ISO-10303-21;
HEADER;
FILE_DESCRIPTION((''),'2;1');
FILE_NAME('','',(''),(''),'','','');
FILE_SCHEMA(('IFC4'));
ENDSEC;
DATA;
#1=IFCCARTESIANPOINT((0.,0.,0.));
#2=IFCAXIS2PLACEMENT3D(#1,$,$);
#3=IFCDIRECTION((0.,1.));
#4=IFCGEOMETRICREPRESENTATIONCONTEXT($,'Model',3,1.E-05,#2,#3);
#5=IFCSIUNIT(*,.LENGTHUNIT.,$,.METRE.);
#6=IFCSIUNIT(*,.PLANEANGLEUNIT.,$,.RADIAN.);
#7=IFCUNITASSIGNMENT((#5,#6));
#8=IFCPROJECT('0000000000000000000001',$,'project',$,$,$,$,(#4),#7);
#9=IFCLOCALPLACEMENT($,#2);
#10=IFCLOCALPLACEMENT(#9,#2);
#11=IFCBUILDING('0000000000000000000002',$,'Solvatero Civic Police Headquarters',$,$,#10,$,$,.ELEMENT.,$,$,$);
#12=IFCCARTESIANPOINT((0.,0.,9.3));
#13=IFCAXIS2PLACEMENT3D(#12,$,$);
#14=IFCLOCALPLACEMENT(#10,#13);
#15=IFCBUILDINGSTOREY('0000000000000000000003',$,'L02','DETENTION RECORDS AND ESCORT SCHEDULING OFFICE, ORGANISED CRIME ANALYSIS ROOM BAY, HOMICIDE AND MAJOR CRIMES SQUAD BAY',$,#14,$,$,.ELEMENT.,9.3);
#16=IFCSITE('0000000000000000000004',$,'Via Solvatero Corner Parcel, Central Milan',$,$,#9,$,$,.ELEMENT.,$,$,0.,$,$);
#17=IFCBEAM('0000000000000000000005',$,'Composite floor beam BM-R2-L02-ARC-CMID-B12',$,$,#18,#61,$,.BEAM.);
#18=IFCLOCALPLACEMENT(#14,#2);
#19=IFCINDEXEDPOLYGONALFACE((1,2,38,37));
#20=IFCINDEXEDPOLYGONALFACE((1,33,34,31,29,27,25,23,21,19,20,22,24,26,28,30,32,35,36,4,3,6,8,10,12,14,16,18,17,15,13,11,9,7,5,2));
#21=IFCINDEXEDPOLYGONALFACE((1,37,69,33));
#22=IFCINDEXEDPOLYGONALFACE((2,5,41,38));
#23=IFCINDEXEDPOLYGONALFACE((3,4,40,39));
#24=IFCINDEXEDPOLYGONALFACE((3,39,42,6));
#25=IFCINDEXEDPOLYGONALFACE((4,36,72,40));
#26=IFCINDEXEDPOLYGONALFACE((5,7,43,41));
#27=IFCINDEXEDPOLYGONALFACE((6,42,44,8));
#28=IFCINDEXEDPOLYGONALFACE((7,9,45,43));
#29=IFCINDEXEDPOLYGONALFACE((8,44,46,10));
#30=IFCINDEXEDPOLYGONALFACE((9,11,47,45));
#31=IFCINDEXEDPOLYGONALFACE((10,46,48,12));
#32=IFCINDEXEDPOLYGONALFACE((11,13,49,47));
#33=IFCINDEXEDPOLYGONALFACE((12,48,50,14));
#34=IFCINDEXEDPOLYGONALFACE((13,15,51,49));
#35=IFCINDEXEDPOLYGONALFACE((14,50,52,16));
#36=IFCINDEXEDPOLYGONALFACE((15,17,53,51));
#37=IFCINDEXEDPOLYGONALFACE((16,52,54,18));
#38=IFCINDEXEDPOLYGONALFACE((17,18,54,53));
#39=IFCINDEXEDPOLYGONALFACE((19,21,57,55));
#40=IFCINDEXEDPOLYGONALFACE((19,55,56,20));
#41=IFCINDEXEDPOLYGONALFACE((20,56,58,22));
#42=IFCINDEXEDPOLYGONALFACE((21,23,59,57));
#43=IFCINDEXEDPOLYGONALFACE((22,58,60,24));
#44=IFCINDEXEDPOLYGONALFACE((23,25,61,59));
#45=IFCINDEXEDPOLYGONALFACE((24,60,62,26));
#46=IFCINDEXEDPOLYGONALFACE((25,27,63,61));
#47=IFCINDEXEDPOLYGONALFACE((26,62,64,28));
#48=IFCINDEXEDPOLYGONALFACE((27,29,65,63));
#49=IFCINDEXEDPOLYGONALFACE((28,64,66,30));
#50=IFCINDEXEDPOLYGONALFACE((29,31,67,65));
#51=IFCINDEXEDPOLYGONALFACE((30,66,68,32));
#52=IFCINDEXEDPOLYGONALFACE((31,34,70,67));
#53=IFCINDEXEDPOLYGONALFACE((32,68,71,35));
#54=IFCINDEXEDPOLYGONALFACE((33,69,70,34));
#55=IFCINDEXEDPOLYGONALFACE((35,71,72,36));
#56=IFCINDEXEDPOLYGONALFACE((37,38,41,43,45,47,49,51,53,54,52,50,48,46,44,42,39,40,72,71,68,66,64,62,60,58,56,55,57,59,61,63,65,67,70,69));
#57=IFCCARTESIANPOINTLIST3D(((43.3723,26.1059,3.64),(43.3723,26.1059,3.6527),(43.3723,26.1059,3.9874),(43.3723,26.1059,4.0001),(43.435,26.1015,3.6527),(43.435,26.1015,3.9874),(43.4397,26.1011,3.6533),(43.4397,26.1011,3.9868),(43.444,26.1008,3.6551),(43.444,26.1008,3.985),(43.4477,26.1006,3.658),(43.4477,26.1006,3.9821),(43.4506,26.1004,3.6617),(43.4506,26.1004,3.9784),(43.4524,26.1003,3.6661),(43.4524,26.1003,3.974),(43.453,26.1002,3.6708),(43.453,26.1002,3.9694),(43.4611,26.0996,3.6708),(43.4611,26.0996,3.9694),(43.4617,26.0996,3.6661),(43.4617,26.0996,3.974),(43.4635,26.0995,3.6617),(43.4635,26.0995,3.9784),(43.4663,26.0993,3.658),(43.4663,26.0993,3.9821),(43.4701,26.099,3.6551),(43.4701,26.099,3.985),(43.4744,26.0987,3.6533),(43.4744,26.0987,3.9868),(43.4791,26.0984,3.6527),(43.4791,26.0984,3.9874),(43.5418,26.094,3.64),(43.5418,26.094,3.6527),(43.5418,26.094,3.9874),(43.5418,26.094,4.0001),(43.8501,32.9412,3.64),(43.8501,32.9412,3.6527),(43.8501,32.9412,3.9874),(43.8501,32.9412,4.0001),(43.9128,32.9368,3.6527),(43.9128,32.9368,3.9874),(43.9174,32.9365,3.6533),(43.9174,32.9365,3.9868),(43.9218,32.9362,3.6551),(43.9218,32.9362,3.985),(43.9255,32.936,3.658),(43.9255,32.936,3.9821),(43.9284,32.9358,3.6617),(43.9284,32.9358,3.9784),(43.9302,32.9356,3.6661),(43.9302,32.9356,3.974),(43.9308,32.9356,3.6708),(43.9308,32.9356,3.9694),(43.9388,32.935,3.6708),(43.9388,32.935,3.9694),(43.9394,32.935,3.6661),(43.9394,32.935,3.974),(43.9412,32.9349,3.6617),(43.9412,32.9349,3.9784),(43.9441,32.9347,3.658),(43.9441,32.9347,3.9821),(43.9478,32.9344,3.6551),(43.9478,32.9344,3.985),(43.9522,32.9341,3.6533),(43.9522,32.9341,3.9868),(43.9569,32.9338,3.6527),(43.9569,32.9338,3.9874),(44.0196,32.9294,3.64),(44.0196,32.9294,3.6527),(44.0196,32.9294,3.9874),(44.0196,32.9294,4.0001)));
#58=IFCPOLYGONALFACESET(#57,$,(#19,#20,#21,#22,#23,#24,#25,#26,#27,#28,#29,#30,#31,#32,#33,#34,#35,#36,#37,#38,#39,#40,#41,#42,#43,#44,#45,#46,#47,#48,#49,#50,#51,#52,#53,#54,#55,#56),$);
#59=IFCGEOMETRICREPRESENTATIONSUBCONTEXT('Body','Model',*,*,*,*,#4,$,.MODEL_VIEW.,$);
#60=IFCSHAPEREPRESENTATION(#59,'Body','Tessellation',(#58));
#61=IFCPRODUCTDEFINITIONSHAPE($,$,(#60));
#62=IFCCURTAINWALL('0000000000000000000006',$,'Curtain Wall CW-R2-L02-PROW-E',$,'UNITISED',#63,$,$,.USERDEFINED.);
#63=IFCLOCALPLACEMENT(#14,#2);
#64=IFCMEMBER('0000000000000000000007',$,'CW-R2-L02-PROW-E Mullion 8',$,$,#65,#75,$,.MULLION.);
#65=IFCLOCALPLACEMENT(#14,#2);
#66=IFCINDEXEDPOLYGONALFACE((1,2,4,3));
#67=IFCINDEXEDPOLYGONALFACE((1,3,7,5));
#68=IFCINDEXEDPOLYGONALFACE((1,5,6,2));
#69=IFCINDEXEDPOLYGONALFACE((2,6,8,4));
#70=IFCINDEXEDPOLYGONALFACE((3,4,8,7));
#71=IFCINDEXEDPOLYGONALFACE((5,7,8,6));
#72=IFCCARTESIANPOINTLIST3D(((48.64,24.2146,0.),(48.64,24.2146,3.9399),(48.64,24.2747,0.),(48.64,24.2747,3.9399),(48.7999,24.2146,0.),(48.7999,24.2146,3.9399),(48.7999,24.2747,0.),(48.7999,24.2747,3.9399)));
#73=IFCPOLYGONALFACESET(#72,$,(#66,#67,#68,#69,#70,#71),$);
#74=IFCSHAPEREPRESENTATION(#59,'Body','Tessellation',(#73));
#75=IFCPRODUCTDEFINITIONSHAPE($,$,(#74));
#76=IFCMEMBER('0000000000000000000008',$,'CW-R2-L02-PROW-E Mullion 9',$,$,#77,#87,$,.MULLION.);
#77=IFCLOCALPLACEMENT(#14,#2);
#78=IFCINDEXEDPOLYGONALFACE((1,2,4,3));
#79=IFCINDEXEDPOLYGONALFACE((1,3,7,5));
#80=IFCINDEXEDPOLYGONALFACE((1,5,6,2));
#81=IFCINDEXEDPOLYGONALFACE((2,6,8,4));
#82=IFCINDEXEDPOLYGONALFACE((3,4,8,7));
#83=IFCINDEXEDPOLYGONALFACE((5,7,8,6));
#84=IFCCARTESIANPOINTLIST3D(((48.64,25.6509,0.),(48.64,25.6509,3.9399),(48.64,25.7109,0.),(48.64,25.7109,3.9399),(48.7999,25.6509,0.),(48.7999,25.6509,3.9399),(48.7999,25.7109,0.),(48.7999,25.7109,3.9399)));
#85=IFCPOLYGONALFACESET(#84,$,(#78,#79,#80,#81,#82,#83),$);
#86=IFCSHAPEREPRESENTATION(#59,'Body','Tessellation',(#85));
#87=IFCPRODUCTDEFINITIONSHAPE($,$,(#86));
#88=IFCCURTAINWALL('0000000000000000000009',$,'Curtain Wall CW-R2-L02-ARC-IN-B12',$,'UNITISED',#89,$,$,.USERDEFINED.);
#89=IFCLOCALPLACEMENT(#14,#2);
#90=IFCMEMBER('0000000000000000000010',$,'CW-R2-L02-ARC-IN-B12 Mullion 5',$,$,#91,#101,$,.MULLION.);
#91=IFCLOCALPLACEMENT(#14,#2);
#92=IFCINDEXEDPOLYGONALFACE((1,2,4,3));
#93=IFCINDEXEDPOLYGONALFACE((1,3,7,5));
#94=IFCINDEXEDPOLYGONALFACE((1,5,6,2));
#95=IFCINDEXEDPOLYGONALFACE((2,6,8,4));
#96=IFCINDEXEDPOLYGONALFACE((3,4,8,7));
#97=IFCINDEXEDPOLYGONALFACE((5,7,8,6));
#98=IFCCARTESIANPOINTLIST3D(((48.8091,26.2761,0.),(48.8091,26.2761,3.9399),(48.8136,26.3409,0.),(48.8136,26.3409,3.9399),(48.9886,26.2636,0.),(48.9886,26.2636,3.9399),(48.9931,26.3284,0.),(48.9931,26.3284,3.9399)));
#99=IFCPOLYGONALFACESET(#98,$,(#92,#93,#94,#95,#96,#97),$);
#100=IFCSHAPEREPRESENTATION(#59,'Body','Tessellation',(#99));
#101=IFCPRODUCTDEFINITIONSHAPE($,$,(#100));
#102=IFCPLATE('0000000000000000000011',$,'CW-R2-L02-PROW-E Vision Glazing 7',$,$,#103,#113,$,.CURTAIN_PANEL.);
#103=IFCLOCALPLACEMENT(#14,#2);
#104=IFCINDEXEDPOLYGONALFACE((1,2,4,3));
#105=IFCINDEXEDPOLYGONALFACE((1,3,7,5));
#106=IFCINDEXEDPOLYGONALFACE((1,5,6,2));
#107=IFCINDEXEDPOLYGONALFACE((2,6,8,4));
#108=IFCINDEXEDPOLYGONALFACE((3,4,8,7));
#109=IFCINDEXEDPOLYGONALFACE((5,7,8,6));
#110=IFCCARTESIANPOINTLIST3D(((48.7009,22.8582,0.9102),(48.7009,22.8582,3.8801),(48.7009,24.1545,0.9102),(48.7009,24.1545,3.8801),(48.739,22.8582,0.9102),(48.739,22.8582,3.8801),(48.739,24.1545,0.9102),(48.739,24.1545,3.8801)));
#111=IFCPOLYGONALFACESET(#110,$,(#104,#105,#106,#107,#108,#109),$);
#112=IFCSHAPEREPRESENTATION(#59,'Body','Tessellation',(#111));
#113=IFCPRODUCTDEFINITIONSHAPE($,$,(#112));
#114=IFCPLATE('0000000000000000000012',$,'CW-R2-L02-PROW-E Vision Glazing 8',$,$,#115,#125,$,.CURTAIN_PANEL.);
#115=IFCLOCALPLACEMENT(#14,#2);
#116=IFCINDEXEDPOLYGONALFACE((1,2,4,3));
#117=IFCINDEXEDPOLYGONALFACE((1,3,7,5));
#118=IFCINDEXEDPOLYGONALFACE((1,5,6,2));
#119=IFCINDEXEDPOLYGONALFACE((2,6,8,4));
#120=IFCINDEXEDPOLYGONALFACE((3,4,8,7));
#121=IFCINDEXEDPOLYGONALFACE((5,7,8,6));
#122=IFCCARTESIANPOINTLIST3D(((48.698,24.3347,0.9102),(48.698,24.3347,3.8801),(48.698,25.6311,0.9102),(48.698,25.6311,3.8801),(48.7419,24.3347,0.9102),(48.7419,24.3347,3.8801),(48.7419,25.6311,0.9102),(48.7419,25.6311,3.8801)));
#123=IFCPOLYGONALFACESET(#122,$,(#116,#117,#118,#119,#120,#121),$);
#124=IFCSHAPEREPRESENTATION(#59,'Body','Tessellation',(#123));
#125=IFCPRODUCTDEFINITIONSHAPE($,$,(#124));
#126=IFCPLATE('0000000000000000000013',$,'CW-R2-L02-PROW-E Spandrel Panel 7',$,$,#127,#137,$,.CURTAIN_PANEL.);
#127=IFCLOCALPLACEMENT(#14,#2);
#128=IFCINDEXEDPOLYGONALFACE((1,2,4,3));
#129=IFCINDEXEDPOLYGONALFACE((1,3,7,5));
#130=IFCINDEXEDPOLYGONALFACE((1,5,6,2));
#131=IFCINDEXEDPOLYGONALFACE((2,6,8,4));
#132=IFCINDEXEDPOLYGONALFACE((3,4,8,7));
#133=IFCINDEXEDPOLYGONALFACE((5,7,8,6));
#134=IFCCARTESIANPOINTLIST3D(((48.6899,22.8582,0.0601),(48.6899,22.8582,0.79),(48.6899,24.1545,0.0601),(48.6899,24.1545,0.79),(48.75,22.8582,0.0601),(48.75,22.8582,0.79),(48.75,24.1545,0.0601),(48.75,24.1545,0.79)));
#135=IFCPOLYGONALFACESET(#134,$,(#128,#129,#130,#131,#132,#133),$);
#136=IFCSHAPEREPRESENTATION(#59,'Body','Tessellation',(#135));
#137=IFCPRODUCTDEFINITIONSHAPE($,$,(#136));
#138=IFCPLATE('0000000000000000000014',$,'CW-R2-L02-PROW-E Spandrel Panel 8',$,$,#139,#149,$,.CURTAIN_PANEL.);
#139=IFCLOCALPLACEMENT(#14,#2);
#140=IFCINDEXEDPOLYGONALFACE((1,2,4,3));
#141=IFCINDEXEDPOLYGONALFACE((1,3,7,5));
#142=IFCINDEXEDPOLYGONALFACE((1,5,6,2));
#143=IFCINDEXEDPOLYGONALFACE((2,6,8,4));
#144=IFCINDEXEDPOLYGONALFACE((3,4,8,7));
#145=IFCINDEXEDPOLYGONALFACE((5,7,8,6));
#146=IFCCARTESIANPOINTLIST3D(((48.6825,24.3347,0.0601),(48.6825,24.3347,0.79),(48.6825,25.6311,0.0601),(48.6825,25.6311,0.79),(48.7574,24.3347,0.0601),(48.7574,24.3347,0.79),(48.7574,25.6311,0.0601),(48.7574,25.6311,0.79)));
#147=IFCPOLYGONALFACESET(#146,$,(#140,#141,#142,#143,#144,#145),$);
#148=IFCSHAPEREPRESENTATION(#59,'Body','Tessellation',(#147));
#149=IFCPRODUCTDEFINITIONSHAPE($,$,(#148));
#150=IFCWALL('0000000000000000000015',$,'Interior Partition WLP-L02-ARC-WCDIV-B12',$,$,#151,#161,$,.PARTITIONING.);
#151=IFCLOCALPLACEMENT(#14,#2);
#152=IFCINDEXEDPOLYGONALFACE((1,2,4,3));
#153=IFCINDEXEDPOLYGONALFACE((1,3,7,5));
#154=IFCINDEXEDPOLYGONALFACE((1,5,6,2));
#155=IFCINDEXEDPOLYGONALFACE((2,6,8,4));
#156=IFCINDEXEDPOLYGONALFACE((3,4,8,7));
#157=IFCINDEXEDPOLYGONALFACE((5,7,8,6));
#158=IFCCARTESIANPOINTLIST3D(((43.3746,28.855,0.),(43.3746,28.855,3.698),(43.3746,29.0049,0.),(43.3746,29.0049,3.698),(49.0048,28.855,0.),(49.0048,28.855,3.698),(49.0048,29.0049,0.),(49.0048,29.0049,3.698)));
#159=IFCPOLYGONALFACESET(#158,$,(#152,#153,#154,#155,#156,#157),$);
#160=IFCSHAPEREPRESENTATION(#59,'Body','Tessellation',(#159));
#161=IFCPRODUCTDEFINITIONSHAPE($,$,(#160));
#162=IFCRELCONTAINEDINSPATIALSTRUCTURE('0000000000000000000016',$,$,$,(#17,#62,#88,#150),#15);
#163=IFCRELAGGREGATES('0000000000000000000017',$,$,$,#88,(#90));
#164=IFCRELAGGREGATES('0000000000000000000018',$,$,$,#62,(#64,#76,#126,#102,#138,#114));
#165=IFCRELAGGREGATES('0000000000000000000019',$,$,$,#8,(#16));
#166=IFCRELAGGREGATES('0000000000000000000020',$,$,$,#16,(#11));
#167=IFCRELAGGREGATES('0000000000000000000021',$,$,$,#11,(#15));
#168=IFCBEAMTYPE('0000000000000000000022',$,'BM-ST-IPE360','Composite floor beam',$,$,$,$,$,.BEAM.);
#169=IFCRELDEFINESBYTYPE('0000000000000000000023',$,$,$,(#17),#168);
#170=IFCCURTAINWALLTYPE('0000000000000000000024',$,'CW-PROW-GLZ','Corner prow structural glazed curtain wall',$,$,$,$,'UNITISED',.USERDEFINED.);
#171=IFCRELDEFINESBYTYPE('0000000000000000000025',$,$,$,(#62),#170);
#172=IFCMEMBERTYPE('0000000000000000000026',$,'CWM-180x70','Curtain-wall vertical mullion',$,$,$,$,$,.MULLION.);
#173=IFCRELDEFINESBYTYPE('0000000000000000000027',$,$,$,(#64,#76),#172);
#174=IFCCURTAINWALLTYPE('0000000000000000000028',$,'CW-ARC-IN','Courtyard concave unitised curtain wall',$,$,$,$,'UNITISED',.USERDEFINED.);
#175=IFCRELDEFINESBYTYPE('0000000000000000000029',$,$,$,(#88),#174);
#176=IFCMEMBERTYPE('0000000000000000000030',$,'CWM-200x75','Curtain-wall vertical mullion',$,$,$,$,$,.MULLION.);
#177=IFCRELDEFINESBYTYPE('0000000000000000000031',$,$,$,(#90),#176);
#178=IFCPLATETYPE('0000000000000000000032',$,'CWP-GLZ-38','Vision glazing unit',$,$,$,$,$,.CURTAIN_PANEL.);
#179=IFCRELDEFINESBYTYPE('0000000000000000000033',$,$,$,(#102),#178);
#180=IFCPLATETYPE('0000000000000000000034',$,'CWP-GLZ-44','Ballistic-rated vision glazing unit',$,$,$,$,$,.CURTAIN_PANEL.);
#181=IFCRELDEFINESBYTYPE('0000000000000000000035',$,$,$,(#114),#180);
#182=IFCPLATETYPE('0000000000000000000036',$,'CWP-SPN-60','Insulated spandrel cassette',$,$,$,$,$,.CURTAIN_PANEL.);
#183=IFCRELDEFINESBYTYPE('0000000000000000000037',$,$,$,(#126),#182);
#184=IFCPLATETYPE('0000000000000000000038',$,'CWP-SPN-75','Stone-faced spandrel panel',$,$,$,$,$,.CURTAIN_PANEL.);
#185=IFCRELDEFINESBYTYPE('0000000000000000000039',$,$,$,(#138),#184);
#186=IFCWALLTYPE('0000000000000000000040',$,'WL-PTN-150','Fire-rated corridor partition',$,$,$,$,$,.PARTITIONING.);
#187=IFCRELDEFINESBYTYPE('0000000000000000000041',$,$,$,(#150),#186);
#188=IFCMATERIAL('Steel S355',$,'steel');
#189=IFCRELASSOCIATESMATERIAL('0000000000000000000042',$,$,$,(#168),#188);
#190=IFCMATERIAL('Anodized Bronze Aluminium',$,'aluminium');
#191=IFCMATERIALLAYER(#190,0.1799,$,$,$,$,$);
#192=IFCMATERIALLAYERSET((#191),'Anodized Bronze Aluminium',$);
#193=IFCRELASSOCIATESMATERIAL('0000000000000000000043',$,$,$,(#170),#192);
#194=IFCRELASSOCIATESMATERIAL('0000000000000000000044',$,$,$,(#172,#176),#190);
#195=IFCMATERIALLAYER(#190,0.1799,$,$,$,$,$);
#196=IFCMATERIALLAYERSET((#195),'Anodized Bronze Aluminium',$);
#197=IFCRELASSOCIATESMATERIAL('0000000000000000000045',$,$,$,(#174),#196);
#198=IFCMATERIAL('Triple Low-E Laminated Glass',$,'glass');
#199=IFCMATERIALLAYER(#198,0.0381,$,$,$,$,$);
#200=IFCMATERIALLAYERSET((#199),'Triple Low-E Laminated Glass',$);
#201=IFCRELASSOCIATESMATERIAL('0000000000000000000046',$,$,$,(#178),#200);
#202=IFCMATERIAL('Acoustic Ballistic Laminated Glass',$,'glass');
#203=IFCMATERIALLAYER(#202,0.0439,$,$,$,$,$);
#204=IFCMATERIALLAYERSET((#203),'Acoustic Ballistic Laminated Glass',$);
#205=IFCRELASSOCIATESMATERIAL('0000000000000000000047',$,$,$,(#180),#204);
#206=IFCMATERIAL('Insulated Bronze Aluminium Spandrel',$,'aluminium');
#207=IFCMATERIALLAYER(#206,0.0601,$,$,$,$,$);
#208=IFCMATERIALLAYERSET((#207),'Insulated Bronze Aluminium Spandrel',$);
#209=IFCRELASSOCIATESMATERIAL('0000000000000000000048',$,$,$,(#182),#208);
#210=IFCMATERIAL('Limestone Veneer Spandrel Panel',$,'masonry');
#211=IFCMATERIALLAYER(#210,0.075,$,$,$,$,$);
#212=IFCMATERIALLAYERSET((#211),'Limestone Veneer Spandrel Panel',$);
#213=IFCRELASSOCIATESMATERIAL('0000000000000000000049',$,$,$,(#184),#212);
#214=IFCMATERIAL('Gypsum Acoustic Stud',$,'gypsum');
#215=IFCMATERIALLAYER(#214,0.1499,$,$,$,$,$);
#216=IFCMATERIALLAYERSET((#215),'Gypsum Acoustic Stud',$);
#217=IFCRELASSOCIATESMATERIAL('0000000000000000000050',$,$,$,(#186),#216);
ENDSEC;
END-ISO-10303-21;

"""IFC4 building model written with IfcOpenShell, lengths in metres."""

from ifc_helpers import new_model, si_unit, direction, frame, frame_2d, origin, origin_2d, place, context, subcontext, project, spatial, rectangle, i_section, extrude, material, layer, layer_set, material_profile, profile_set, type_object, element, aggregate, save


model = new_model("IFC4")

# Units and contexts
model_context = context("Model", 3, precision=1e-05, world=origin(), true_north=direction((0.0, 1.0)))
body_context = subcontext(model_context, "Body", "Model", "MODEL_VIEW")
ifc_project = project(units=[si_unit("LENGTHUNIT", "METRE"), si_unit("PLANEANGLEUNIT", "RADIAN")], contexts=[model_context])

# Site, building, storey
site_placement = place(None, origin())
site = spatial("IfcSite", under=ifc_project, at=site_placement, Name="Via Solvatero Corner Parcel, Central Milan", CompositionType="ELEMENT", RefElevation=0.0)
building_placement = place(site_placement, origin())
building = spatial("IfcBuilding", under=site, at=building_placement, Name="Solvatero Civic Police Headquarters", CompositionType="ELEMENT")
storey_placement = place(building_placement, frame((0.0, 0.0, 9.3)))
storey = spatial("IfcBuildingStorey", under=building, at=storey_placement, Name="L02", Description="DETENTION RECORDS AND ESCORT SCHEDULING OFFICE, ORGANISED CRIME ANALYSIS ROOM BAY, HOMICIDE AND MAJOR CRIMES SQUAD BAY", CompositionType="ELEMENT", Elevation=9.3)

# Shared definitions
ifc_material_1 = material(Name="Steel S355", Category="steel")

# Beam
ifc_material_profile_1 = material_profile(ifc_material_1, i_section(OverallWidth=0.1699, OverallDepth=0.3601, WebThickness=0.0081, FlangeThickness=0.0127, FilletRadius=0.0181, at=origin_2d()), Name="IPE 360")
ifc_profile_set_1 = profile_set([ifc_material_profile_1], Name="Steel S355")
beam_type_1 = type_object("IfcBeamType", Name="BM-ST-IPE360", Description="Composite floor beam", PredefinedType="BEAM", material=ifc_profile_set_1)
beam_1_placement = place(storey_placement, frame((43.9348, 32.9353, 3.8201), z_axis=(-0.069728, -0.997566, 0.0), x_axis=(0.997566, -0.069728, 0.0)))
element("IfcBeam", 1, at=beam_1_placement, inside=storey, type_object=beam_type_1, Name="Composite floor beam BM-R2-L02-ARC-CMID-B12", PredefinedType="BEAM", context=body_context, shape_type="SweptSolid", body=[
    extrude(i_section(OverallWidth=0.1699, OverallDepth=0.3601, WebThickness=0.0081, FlangeThickness=0.0127, FilletRadius=0.0181, at=origin_2d()), origin(), (0.0, 0.0, 1.0), 6.8521),
])

# Curtain wall, members
ifc_material_2 = material(Name="Anodized Bronze Aluminium", Category="aluminium")
ifc_layer_1 = layer(ifc_material_2, 0.1799)
ifc_layer_set_1 = layer_set([ifc_layer_1], Name="Anodized Bronze Aluminium")
curtain_wall_type_1 = type_object("IfcCurtainWallType", Name="CW-PROW-GLZ", Description="Corner prow structural glazed curtain wall", ElementType="UNITISED", PredefinedType="USERDEFINED", material=ifc_layer_set_1)
curtain_wall_1_placement = place(storey_placement, origin())
curtain_wall_1 = element("IfcCurtainWall", 2, at=curtain_wall_1_placement, inside=storey, type_object=curtain_wall_type_1, Name="Curtain Wall CW-R2-L02-PROW-E", ObjectType="UNITISED", PredefinedType="USERDEFINED")
ifc_material_profile_2 = material_profile(ifc_material_2, rectangle(XDim=0.0601, YDim=0.1599, at=origin_2d()), Name="ALU MULLION 60x160")
ifc_profile_set_2 = profile_set([ifc_material_profile_2], Name="Anodized Bronze Aluminium")
member_type_1 = type_object("IfcMemberType", Name="CWM-180x70", Description="Curtain-wall vertical mullion", PredefinedType="MULLION", material=ifc_profile_set_2)
member_1_placement = place(storey_placement, frame((48.72, 24.2446, 0.0), z_axis=(0.0, 0.0, 1.0), x_axis=(0.0, 1.0, 0.0)))
member_1 = element("IfcMember", 3, at=member_1_placement, type_object=member_type_1, Name="CW-R2-L02-PROW-E Mullion 8", PredefinedType="MULLION", context=body_context, shape_type="SweptSolid", body=[
    extrude(rectangle(XDim=0.0601, YDim=0.1599, at=origin_2d()), origin(), (0.0, 0.0, 1.0), 3.9399),
])
member_2_placement = place(storey_placement, frame((48.72, 25.6809, 0.0), z_axis=(0.0, 0.0, 1.0), x_axis=(0.0, 1.0, 0.0)))
member_2 = element("IfcMember", 4, at=member_2_placement, type_object=member_type_1, Name="CW-R2-L02-PROW-E Mullion 9", PredefinedType="MULLION", context=body_context, shape_type="SweptSolid", body=[
    extrude(rectangle(XDim=0.0601, YDim=0.1599, at=origin_2d()), origin(), (0.0, 0.0, 1.0), 3.9399),
])

# Curtain wall, member
ifc_layer_2 = layer(ifc_material_2, 0.1799)
ifc_layer_set_2 = layer_set([ifc_layer_2], Name="Anodized Bronze Aluminium")
curtain_wall_type_2 = type_object("IfcCurtainWallType", Name="CW-ARC-IN", Description="Courtyard concave unitised curtain wall", ElementType="UNITISED", PredefinedType="USERDEFINED", material=ifc_layer_set_2)
curtain_wall_2_placement = place(storey_placement, origin())
curtain_wall_2 = element("IfcCurtainWall", 5, at=curtain_wall_2_placement, inside=storey, type_object=curtain_wall_type_2, Name="Curtain Wall CW-R2-L02-ARC-IN-B12", ObjectType="UNITISED", PredefinedType="USERDEFINED")
ifc_material_profile_3 = material_profile(ifc_material_2, rectangle(XDim=0.0649, YDim=0.1799, at=origin_2d()), Name="ALU MULLION 65x180")
ifc_profile_set_3 = profile_set([ifc_material_profile_3], Name="Anodized Bronze Aluminium")
member_type_2 = type_object("IfcMemberType", Name="CWM-200x75", Description="Curtain-wall vertical mullion", PredefinedType="MULLION", material=ifc_profile_set_3)
member_3_placement = place(storey_placement, frame((48.9011, 26.3022, 0.0), z_axis=(0.0, 0.0, 1.0), x_axis=(-0.069756, -0.997564, 0.0)))
member_3 = element("IfcMember", 6, at=member_3_placement, type_object=member_type_2, Name="CW-R2-L02-ARC-IN-B12 Mullion 5", PredefinedType="MULLION", context=body_context, shape_type="SweptSolid", body=[
    extrude(rectangle(XDim=0.0649, YDim=0.1799, at=origin_2d()), origin(), (0.0, 0.0, 1.0), 3.9399),
])
aggregate(curtain_wall_2, [member_3])

# Plates
ifc_material_3 = material(Name="Triple Low-E Laminated Glass", Category="glass")
ifc_layer_3 = layer(ifc_material_3, 0.0381)
ifc_layer_set_3 = layer_set([ifc_layer_3], Name="Triple Low-E Laminated Glass")
plate_type_1 = type_object("IfcPlateType", Name="CWP-GLZ-38", Description="Vision glazing unit", PredefinedType="CURTAIN_PANEL", material=ifc_layer_set_3)
plate_1_placement = place(storey_placement, frame((48.72, 23.5063, 0.9102), z_axis=(0.0, 0.0, 1.0), x_axis=(0.0, 1.0, 0.0)))
plate_1 = element("IfcPlate", 7, at=plate_1_placement, type_object=plate_type_1, Name="CW-R2-L02-PROW-E Vision Glazing 7", PredefinedType="CURTAIN_PANEL", context=body_context, shape_type="SweptSolid", body=[
    extrude(rectangle(XDim=1.2964, YDim=0.0381, at=origin_2d()), origin(), (0.0, 0.0, 1.0), 2.97),
])
ifc_material_4 = material(Name="Acoustic Ballistic Laminated Glass", Category="glass")
ifc_layer_4 = layer(ifc_material_4, 0.0439)
ifc_layer_set_4 = layer_set([ifc_layer_4], Name="Acoustic Ballistic Laminated Glass")
plate_type_2 = type_object("IfcPlateType", Name="CWP-GLZ-44", Description="Ballistic-rated vision glazing unit", PredefinedType="CURTAIN_PANEL", material=ifc_layer_set_4)
plate_2_placement = place(storey_placement, frame((48.72, 24.9829, 0.9102), z_axis=(0.0, 0.0, 1.0), x_axis=(0.0, 1.0, 0.0)))
plate_2 = element("IfcPlate", 8, at=plate_2_placement, type_object=plate_type_2, Name="CW-R2-L02-PROW-E Vision Glazing 8", PredefinedType="CURTAIN_PANEL", context=body_context, shape_type="SweptSolid", body=[
    extrude(rectangle(XDim=1.2964, YDim=0.0439, at=origin_2d()), origin(), (0.0, 0.0, 1.0), 2.97),
])
ifc_material_5 = material(Name="Insulated Bronze Aluminium Spandrel", Category="aluminium")
ifc_layer_5 = layer(ifc_material_5, 0.0601)
ifc_layer_set_5 = layer_set([ifc_layer_5], Name="Insulated Bronze Aluminium Spandrel")
plate_type_3 = type_object("IfcPlateType", Name="CWP-SPN-60", Description="Insulated spandrel cassette", PredefinedType="CURTAIN_PANEL", material=ifc_layer_set_5)
plate_3_placement = place(storey_placement, frame((48.72, 23.5063, 0.0601), z_axis=(0.0, 0.0, 1.0), x_axis=(0.0, 1.0, 0.0)))
plate_3 = element("IfcPlate", 9, at=plate_3_placement, type_object=plate_type_3, Name="CW-R2-L02-PROW-E Spandrel Panel 7", PredefinedType="CURTAIN_PANEL", context=body_context, shape_type="SweptSolid", body=[
    extrude(rectangle(XDim=1.2964, YDim=0.0601, at=origin_2d()), origin(), (0.0, 0.0, 1.0), 0.73),
])
ifc_material_6 = material(Name="Limestone Veneer Spandrel Panel", Category="masonry")
ifc_layer_6 = layer(ifc_material_6, 0.075)
ifc_layer_set_6 = layer_set([ifc_layer_6], Name="Limestone Veneer Spandrel Panel")
plate_type_4 = type_object("IfcPlateType", Name="CWP-SPN-75", Description="Stone-faced spandrel panel", PredefinedType="CURTAIN_PANEL", material=ifc_layer_set_6)
plate_4_placement = place(storey_placement, frame((48.72, 24.9829, 0.0601), z_axis=(0.0, 0.0, 1.0), x_axis=(0.0, 1.0, 0.0)))
plate_4 = element("IfcPlate", 10, at=plate_4_placement, type_object=plate_type_4, Name="CW-R2-L02-PROW-E Spandrel Panel 8", PredefinedType="CURTAIN_PANEL", context=body_context, shape_type="SweptSolid", body=[
    extrude(rectangle(XDim=1.2964, YDim=0.075, at=origin_2d()), origin(), (0.0, 0.0, 1.0), 0.73),
])
aggregate(curtain_wall_1, [member_1, member_2, plate_3, plate_1, plate_4, plate_2])

# Wall
ifc_material_7 = material(Name="Gypsum Acoustic Stud", Category="gypsum")
ifc_layer_7 = layer(ifc_material_7, 0.1499)
ifc_layer_set_7 = layer_set([ifc_layer_7], Name="Gypsum Acoustic Stud")
wall_type_1 = type_object("IfcWallType", Name="WL-PTN-150", Description="Fire-rated corridor partition", PredefinedType="PARTITIONING", material=ifc_layer_set_7)
wall_1_placement = place(storey_placement, frame((43.3748, 28.9299, 0.0), z_axis=(0.0, 0.0, 1.0), x_axis=(1.0, 0.0, 0.0)))
element("IfcWall", 11, at=wall_1_placement, inside=storey, type_object=wall_type_1, Name="Interior Partition WLP-L02-ARC-WCDIV-B12", PredefinedType="PARTITIONING", context=body_context, shape_type="SweptSolid", body=[
    extrude(rectangle(XDim=5.6301, YDim=0.1499, at=frame_2d((2.8149, 0.0))), origin(), (0.0, 0.0, 1.0), 3.698),
])

save(model, "model.ifc")
